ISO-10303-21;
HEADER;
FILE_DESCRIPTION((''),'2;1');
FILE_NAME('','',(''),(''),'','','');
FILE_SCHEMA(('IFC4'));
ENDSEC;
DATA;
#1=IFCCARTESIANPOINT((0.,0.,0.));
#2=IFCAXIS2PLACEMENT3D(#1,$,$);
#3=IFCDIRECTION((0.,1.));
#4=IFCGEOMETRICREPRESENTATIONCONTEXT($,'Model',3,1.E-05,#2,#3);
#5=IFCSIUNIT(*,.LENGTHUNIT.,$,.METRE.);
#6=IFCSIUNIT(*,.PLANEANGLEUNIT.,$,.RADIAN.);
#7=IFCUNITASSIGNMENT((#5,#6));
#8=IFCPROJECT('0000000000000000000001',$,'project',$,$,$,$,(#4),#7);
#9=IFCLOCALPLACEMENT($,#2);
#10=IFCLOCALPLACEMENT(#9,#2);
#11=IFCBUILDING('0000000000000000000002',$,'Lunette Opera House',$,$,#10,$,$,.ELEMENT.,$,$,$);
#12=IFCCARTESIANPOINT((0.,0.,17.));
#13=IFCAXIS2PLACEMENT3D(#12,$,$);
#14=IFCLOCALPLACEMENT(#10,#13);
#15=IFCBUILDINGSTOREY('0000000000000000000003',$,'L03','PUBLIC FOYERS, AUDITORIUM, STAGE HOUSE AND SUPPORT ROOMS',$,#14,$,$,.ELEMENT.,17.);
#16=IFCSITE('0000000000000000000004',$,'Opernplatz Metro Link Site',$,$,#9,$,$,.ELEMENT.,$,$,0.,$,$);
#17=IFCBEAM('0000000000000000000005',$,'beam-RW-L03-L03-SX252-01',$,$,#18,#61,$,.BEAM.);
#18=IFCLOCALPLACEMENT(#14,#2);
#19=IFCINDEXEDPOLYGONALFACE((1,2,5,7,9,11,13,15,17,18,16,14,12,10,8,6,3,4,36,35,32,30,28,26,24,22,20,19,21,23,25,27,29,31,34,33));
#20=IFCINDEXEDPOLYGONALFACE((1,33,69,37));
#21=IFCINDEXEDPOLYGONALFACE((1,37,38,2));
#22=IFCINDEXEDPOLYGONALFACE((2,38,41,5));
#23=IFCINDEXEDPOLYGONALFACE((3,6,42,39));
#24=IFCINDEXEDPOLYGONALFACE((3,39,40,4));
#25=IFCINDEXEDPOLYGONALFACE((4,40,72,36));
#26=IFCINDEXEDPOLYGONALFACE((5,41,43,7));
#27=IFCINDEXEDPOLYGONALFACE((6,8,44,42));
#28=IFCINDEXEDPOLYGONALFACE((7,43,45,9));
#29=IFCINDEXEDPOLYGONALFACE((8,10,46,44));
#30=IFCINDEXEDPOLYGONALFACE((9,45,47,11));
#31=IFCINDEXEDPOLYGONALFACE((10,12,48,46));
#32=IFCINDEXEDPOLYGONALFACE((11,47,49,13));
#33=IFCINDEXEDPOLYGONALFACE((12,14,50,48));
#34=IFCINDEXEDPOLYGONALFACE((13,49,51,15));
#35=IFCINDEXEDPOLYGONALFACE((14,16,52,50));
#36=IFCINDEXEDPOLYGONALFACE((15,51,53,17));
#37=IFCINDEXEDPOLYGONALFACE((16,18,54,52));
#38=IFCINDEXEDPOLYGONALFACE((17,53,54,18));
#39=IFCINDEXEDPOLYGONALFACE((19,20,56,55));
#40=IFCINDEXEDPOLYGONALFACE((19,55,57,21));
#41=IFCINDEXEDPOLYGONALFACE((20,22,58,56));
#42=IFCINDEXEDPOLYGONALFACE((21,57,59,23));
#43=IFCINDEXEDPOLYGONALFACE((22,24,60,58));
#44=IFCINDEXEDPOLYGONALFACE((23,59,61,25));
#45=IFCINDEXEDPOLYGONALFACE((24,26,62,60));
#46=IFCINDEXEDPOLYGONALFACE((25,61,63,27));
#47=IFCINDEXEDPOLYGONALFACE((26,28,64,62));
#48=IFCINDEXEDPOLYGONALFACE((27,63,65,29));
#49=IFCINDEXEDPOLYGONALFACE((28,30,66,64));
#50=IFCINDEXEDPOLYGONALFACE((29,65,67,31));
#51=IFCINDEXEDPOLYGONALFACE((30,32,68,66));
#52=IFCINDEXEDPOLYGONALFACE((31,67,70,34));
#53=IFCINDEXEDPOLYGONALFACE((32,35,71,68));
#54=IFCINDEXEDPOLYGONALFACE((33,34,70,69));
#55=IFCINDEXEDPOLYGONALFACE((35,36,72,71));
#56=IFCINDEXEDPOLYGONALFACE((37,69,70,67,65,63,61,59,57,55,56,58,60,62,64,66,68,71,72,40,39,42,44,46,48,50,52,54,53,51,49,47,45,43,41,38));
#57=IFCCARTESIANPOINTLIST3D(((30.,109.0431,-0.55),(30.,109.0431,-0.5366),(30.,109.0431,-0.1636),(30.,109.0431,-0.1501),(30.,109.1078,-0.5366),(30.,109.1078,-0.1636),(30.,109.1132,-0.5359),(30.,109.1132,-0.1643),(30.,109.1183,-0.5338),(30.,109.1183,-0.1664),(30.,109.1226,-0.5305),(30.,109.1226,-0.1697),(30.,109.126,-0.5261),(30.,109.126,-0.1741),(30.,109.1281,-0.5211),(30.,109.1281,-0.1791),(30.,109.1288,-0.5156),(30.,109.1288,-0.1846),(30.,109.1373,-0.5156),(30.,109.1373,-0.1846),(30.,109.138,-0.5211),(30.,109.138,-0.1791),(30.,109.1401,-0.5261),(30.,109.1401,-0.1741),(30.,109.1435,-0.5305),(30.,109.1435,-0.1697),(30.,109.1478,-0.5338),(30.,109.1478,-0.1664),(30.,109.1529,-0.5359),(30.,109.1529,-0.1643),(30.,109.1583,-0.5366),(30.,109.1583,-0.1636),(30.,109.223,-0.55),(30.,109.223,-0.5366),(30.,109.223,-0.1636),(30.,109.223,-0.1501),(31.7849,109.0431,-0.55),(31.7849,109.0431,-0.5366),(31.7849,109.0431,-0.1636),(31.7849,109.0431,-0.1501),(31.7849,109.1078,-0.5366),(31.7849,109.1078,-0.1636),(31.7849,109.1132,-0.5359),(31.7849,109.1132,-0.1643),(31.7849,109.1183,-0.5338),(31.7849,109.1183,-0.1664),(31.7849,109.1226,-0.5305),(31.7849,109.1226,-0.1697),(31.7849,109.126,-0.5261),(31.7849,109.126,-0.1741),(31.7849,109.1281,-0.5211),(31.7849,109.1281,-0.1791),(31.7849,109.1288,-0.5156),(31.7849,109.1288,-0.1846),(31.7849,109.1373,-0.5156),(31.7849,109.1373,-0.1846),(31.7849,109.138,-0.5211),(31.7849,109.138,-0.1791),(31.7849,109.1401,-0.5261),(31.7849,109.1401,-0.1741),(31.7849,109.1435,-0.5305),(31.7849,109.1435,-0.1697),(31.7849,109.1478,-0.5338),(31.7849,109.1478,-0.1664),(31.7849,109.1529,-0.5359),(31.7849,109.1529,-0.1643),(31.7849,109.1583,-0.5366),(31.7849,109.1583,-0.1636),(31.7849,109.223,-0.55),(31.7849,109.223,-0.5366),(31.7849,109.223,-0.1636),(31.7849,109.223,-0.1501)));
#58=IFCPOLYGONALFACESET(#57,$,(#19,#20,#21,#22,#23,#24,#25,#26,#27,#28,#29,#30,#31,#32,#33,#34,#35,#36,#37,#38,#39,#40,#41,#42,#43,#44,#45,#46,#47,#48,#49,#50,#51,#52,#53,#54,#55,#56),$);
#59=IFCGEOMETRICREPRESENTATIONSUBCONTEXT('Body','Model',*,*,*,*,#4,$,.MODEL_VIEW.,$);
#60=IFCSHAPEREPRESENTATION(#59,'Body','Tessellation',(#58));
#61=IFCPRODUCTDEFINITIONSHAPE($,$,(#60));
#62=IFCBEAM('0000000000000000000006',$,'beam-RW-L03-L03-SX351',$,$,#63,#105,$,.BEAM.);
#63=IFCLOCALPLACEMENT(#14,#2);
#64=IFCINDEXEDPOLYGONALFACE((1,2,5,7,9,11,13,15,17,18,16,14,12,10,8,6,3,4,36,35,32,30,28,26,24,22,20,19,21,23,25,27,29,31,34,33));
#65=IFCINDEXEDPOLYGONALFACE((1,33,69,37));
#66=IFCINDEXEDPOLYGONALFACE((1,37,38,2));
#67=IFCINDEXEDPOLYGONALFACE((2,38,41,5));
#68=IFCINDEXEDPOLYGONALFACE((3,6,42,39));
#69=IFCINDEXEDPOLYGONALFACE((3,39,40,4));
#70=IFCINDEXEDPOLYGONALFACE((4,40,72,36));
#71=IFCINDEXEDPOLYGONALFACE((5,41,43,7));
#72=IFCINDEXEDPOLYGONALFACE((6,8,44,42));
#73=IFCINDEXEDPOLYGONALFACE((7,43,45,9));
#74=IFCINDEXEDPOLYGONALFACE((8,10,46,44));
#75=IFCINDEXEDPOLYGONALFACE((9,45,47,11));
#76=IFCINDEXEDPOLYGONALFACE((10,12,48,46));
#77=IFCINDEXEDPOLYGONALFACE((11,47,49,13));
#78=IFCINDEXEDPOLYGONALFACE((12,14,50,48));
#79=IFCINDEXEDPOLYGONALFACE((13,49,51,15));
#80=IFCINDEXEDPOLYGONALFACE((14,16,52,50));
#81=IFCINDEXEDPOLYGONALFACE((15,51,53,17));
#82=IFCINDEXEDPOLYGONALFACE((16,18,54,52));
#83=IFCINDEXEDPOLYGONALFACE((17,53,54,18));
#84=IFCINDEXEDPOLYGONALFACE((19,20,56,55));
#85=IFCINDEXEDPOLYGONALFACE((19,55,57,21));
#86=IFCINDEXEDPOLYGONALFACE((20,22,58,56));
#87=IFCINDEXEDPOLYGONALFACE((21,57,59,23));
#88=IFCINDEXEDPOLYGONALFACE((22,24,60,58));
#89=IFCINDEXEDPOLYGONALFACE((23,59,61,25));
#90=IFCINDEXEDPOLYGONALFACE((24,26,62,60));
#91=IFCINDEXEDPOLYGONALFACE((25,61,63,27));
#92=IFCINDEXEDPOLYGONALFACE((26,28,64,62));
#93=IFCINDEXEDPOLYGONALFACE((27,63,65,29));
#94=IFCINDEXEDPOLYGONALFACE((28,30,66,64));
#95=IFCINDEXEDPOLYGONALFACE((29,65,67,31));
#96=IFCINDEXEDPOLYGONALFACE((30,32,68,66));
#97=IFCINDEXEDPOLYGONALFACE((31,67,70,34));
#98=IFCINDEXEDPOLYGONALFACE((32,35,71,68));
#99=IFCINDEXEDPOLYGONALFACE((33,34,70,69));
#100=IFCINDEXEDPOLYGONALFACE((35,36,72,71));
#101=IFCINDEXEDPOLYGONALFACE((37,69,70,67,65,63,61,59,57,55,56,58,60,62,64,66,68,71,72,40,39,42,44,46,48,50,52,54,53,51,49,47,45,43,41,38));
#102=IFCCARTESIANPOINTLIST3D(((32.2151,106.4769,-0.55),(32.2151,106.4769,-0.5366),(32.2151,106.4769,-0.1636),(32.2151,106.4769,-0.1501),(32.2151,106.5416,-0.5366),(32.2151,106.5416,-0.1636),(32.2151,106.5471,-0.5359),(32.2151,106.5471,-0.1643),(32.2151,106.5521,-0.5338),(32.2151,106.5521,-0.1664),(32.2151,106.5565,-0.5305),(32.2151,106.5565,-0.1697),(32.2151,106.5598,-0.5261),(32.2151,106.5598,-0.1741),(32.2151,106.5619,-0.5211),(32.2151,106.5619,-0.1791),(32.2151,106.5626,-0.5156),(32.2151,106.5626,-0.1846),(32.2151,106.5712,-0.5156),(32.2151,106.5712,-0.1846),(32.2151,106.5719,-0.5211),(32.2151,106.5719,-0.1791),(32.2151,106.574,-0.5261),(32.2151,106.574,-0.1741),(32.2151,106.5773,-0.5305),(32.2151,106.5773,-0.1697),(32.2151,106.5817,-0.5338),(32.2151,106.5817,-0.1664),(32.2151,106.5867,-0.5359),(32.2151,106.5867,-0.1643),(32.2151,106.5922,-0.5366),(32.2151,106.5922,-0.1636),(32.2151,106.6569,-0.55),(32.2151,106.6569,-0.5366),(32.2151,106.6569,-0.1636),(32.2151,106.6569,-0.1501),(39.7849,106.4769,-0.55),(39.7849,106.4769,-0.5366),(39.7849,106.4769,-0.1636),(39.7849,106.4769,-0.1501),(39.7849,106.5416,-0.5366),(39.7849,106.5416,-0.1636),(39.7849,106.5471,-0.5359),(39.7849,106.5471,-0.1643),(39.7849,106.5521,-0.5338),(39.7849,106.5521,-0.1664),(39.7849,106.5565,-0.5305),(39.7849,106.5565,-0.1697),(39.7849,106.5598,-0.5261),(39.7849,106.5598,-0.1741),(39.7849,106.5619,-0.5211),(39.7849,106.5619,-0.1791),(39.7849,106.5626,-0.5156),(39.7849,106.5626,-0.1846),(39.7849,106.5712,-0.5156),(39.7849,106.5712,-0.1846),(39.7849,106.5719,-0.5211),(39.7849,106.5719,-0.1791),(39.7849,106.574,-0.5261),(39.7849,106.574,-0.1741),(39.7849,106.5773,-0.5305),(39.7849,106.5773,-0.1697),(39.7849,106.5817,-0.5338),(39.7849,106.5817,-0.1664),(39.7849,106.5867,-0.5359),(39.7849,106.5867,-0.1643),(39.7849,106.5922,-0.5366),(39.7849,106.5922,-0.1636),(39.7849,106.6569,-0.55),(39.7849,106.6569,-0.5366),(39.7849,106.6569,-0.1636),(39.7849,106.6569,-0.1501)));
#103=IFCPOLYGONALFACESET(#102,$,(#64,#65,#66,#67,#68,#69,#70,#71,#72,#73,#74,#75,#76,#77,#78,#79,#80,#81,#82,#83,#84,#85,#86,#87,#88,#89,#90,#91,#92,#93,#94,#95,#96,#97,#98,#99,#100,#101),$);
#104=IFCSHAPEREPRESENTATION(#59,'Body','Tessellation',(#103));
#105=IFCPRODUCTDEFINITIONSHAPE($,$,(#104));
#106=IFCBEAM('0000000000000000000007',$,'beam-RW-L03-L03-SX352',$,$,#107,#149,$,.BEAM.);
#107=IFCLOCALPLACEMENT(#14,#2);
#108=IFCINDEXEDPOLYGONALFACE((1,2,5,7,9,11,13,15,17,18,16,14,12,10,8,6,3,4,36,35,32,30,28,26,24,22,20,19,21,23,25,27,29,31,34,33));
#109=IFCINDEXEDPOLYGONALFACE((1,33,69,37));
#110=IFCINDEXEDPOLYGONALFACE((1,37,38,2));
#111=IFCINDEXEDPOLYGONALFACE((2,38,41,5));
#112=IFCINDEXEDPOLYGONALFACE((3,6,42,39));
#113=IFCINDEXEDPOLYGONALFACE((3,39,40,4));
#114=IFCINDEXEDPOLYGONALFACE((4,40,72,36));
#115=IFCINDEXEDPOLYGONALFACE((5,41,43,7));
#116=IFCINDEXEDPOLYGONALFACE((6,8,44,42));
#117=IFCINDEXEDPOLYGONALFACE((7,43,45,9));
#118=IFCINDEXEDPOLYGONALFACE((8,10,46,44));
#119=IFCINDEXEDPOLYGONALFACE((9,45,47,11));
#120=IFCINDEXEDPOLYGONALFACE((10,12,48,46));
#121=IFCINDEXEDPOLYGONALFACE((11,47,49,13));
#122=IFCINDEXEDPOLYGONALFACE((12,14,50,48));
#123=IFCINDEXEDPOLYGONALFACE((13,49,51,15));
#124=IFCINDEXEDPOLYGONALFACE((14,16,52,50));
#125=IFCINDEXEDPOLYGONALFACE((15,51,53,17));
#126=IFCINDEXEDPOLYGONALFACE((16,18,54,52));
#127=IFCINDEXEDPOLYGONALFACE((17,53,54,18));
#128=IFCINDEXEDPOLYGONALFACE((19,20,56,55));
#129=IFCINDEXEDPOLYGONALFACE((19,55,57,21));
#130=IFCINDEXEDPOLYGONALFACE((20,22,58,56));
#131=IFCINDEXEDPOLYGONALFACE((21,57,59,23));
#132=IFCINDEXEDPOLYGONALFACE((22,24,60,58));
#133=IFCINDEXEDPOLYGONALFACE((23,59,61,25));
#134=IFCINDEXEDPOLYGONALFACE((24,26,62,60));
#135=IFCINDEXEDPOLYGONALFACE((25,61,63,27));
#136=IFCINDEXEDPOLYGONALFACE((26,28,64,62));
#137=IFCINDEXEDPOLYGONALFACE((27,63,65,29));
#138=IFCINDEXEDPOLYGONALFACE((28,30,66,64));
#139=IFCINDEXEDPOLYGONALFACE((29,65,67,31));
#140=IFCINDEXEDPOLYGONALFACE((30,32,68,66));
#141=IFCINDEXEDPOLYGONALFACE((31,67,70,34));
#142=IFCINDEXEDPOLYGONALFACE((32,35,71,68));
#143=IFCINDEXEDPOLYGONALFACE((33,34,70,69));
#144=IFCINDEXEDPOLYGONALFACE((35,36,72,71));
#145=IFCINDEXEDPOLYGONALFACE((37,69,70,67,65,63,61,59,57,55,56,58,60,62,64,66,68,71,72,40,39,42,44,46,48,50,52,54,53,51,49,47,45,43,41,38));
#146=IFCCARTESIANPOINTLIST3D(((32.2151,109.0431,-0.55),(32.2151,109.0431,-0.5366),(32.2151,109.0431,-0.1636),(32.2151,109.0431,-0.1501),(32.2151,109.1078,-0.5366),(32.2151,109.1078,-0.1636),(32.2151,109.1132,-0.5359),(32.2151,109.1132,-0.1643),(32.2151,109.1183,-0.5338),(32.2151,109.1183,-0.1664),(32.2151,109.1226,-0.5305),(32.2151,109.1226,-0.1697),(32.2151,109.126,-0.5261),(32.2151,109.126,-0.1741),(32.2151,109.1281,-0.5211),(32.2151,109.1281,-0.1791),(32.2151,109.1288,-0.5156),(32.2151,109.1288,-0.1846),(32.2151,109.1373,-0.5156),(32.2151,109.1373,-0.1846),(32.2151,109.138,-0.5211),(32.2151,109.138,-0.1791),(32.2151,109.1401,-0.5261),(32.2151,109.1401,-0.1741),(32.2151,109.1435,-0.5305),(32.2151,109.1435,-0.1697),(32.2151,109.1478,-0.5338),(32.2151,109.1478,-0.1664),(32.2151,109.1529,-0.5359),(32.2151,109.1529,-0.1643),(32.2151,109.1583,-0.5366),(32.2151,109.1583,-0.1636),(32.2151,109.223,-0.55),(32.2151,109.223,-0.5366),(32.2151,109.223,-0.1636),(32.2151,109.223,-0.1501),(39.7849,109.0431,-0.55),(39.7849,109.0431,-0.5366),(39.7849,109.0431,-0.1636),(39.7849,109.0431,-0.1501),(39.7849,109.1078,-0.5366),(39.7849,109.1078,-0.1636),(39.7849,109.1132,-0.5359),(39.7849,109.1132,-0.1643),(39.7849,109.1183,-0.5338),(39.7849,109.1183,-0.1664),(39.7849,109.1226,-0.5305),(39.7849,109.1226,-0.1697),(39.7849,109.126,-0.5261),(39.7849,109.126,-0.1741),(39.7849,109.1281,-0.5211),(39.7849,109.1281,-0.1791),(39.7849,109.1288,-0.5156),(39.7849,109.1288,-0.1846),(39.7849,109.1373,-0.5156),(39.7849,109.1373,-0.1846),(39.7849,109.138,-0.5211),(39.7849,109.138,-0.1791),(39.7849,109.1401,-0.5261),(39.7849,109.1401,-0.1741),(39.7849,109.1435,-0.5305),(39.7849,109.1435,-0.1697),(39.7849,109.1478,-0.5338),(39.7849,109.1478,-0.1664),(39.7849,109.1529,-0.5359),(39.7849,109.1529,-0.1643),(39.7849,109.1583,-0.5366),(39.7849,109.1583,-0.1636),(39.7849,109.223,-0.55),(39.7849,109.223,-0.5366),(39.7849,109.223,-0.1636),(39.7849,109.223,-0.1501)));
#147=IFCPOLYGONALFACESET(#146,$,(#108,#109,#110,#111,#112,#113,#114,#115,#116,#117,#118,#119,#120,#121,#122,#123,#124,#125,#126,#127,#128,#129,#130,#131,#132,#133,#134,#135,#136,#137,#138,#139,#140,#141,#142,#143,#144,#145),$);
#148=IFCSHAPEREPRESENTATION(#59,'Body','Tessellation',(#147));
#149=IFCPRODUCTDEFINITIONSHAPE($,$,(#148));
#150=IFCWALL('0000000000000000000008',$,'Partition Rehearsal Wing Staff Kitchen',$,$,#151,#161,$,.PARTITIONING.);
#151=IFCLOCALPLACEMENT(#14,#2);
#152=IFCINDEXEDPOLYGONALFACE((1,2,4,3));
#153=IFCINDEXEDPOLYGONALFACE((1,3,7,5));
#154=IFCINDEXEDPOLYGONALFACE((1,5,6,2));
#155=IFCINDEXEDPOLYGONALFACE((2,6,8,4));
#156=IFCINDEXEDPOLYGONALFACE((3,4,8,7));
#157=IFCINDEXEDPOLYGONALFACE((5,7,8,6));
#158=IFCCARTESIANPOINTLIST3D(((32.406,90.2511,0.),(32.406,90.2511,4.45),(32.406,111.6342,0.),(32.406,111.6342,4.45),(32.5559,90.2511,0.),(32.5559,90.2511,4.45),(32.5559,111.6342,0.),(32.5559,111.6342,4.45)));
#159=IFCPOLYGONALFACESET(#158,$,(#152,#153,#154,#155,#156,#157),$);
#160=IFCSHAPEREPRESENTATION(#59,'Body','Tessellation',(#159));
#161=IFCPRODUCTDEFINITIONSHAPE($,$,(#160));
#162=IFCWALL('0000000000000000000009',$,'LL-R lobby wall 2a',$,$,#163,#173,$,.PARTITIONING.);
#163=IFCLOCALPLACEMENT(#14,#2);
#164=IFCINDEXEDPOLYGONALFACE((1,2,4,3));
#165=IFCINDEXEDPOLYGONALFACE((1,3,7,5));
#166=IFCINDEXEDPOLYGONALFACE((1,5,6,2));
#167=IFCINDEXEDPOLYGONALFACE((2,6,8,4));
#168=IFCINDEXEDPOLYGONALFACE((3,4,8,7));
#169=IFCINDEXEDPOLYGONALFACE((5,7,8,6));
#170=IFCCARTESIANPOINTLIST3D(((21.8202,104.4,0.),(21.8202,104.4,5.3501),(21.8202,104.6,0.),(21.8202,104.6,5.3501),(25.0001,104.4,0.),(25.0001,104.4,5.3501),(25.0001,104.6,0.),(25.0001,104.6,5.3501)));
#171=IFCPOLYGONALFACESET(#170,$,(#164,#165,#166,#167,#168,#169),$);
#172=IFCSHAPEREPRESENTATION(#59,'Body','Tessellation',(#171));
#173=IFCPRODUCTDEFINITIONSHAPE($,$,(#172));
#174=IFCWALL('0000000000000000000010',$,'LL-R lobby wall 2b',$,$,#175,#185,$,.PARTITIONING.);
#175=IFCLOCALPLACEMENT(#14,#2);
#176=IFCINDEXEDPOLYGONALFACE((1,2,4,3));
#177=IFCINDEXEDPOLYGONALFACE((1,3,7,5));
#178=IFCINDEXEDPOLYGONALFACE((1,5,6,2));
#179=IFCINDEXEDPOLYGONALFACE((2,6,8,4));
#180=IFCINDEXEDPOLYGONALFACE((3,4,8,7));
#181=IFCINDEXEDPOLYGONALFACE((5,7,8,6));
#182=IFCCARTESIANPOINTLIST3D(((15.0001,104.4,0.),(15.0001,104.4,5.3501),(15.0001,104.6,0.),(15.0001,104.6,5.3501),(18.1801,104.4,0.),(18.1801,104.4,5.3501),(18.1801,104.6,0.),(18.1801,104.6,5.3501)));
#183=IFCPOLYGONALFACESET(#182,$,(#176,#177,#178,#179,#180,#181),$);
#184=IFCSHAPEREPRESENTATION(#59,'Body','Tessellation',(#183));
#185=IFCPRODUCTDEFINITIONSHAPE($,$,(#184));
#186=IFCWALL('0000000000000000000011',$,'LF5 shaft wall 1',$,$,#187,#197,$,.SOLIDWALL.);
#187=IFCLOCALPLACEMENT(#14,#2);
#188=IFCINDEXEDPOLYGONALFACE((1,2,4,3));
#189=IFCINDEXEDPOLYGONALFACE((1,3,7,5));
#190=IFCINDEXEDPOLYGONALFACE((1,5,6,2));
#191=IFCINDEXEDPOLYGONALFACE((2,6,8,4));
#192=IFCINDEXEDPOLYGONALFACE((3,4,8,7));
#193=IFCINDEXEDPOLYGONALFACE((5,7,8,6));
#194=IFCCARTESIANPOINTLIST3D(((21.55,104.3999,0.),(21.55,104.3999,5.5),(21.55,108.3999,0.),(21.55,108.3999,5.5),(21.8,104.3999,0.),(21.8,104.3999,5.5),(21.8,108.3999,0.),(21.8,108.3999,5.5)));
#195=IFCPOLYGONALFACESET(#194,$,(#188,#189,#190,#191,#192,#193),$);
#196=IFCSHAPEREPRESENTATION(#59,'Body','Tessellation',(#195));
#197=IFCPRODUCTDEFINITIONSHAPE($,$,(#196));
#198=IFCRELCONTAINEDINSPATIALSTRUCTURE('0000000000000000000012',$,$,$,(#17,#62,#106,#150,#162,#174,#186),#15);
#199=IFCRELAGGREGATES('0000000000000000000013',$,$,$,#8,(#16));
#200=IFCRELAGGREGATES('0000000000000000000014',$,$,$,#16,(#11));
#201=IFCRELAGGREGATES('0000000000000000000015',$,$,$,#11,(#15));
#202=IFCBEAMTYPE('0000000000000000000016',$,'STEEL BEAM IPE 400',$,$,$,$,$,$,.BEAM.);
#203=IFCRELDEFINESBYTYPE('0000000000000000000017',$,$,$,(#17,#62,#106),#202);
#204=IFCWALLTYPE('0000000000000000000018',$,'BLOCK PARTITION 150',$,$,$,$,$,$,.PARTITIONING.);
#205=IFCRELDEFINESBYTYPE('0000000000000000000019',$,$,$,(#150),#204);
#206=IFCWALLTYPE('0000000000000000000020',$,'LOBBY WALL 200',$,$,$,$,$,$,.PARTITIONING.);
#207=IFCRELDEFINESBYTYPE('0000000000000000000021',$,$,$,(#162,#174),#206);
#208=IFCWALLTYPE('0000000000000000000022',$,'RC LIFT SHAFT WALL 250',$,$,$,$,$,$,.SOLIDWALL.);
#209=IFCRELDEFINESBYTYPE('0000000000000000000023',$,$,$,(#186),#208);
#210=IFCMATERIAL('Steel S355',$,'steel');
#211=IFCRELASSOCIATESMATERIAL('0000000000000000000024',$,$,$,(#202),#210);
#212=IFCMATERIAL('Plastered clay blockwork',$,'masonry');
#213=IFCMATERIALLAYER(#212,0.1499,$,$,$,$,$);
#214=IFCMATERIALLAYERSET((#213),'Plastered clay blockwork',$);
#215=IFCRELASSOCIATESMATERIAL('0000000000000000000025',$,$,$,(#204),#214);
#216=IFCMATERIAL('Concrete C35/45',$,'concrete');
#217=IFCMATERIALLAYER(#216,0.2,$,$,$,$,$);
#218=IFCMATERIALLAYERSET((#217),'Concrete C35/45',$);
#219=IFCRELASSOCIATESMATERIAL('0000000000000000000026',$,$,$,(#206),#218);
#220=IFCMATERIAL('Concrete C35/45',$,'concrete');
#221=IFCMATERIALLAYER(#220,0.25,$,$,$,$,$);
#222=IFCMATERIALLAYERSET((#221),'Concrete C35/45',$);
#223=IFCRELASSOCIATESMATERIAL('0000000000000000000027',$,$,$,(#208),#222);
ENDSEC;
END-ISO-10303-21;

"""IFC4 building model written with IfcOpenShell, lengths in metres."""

from ifc_helpers import new_model, si_unit, direction, frame, frame_2d, origin, origin_2d, place, context, subcontext, project, spatial, rectangle, i_section, extrude, material, layer, layer_set, material_profile, profile_set, type_object, element, save


model = new_model("IFC4")

# Units and contexts
model_context = context("Model", 3, precision=1e-05, world=origin(), true_north=direction((0.0, 1.0)))
body_context = subcontext(model_context, "Body", "Model", "MODEL_VIEW")
ifc_project = project(units=[si_unit("LENGTHUNIT", "METRE"), si_unit("PLANEANGLEUNIT", "RADIAN")], contexts=[model_context])

# Site, building, storey
site_placement = place(None, origin())
site = spatial("IfcSite", under=ifc_project, at=site_placement, Name="Opernplatz Metro Link Site", CompositionType="ELEMENT", RefElevation=0.0)
building_placement = place(site_placement, origin())
building = spatial("IfcBuilding", under=site, at=building_placement, Name="Lunette Opera House", CompositionType="ELEMENT")
storey_placement = place(building_placement, frame((0.0, 0.0, 17.0)))
storey = spatial("IfcBuildingStorey", under=building, at=storey_placement, Name="L03", Description="PUBLIC FOYERS, AUDITORIUM, STAGE HOUSE AND SUPPORT ROOMS", CompositionType="ELEMENT", Elevation=17.0)

# Beams
ifc_material_1 = material(Name="Steel S355", Category="steel")
ifc_material_profile_1 = material_profile(ifc_material_1, i_section(OverallWidth=0.1799, OverallDepth=0.3999, WebThickness=0.0085, FlangeThickness=0.0134, FilletRadius=0.021, at=origin_2d()), Name="IPE 400")
ifc_profile_set_1 = profile_set([ifc_material_profile_1], Name="Steel S355")
beam_type_1 = type_object("IfcBeamType", Name="STEEL BEAM IPE 400", PredefinedType="BEAM", material=ifc_profile_set_1)
beam_1_placement = place(storey_placement, frame((30.0, 109.1331, -0.3501), z_axis=(1.0, 0.0, 0.0), x_axis=(0.0, 1.0, 0.0)))
element("IfcBeam", 1, at=beam_1_placement, inside=storey, type_object=beam_type_1, Name="beam-RW-L03-L03-SX252-01", PredefinedType="BEAM", context=body_context, shape_type="SweptSolid", body=[
    extrude(i_section(OverallWidth=0.1799, OverallDepth=0.3999, WebThickness=0.0085, FlangeThickness=0.0134, FilletRadius=0.021, at=origin_2d()), origin(), (0.0, 0.0, 1.0), 1.7849),
])
for number, where, z_axis, x_axis, name in (
    (2, (32.2151, 106.5669, -0.3501), (1.0, 0.0, 0.0), (0.0, 1.0, 0.0), "beam-RW-L03-L03-SX351"),
    (3, (32.2151, 109.1331, -0.3501), (1.0, 0.0, 0.0), (0.0, 1.0, 0.0), "beam-RW-L03-L03-SX352"),
):
    element("IfcBeam", number, at=place(storey_placement, frame(where, z_axis=z_axis, x_axis=x_axis)), inside=storey, type_object=beam_type_1, Name=name, PredefinedType="BEAM", context=body_context, shape_type="SweptSolid", body=[
        extrude(i_section(OverallWidth=0.1799, OverallDepth=0.3999, WebThickness=0.0085, FlangeThickness=0.0134, FilletRadius=0.021, at=origin_2d()), origin(), (0.0, 0.0, 1.0), 7.5698),
    ])

# Walls
ifc_material_2 = material(Name="Plastered clay blockwork", Category="masonry")
ifc_layer_1 = layer(ifc_material_2, 0.1499)
ifc_layer_set_1 = layer_set([ifc_layer_1], Name="Plastered clay blockwork")
wall_type_1 = type_object("IfcWallType", Name="BLOCK PARTITION 150", PredefinedType="PARTITIONING", material=ifc_layer_set_1)
wall_1_placement = place(storey_placement, frame((32.481, 111.634, 0.0), z_axis=(0.0, 0.0, 1.0), x_axis=(0.0, -1.0, 0.0)))
element("IfcWall", 4, at=wall_1_placement, inside=storey, type_object=wall_type_1, Name="Partition Rehearsal Wing Staff Kitchen", PredefinedType="PARTITIONING", context=body_context, shape_type="SweptSolid", body=[
    extrude(rectangle(XDim=21.3831, YDim=0.1499, at=frame_2d((10.6914, 0.0))), origin(), (0.0, 0.0, 1.0), 4.45),
])
ifc_material_3 = material(Name="Concrete C35/45", Category="concrete")
ifc_layer_2 = layer(ifc_material_3, 0.2)
ifc_layer_set_2 = layer_set([ifc_layer_2], Name="Concrete C35/45")
wall_type_2 = type_object("IfcWallType", Name="LOBBY WALL 200", PredefinedType="PARTITIONING", material=ifc_layer_set_2)
for number, where, z_axis, x_axis, name in (
    (5, (25.0, 104.5, 0.0), (0.0, 0.0, 1.0), (-1.0, 0.0, 0.0), "LL-R lobby wall 2a"),
    (6, (18.1799, 104.5, 0.0), (0.0, 0.0, 1.0), (-1.0, 0.0, 0.0), "LL-R lobby wall 2b"),
):
    element("IfcWall", number, at=place(storey_placement, frame(where, z_axis=z_axis, x_axis=x_axis)), inside=storey, type_object=wall_type_2, Name=name, PredefinedType="PARTITIONING", context=body_context, shape_type="SweptSolid", body=[
        extrude(rectangle(XDim=3.1799, YDim=0.2, at=frame_2d((1.5898, 0.0))), origin(), (0.0, 0.0, 1.0), 5.3501),
    ])
ifc_material_4 = material(Name="Concrete C35/45", Category="concrete")
ifc_layer_3 = layer(ifc_material_4, 0.25)
ifc_layer_set_3 = layer_set([ifc_layer_3], Name="Concrete C35/45")
wall_type_3 = type_object("IfcWallType", Name="RC LIFT SHAFT WALL 250", PredefinedType="SOLIDWALL", material=ifc_layer_set_3)
wall_2_placement = place(storey_placement, frame((21.675, 104.3999, 0.0), z_axis=(0.0, 0.0, 1.0), x_axis=(0.0, 1.0, 0.0)))
element("IfcWall", 7, at=wall_2_placement, inside=storey, type_object=wall_type_3, Name="LF5 shaft wall 1", PredefinedType="SOLIDWALL", context=body_context, shape_type="SweptSolid", body=[
    extrude(rectangle(XDim=4.0, YDim=0.25, at=frame_2d((2.0, 0.0))), origin(), (0.0, 0.0, 1.0), 5.5),
])

save(model, "model.ifc")
